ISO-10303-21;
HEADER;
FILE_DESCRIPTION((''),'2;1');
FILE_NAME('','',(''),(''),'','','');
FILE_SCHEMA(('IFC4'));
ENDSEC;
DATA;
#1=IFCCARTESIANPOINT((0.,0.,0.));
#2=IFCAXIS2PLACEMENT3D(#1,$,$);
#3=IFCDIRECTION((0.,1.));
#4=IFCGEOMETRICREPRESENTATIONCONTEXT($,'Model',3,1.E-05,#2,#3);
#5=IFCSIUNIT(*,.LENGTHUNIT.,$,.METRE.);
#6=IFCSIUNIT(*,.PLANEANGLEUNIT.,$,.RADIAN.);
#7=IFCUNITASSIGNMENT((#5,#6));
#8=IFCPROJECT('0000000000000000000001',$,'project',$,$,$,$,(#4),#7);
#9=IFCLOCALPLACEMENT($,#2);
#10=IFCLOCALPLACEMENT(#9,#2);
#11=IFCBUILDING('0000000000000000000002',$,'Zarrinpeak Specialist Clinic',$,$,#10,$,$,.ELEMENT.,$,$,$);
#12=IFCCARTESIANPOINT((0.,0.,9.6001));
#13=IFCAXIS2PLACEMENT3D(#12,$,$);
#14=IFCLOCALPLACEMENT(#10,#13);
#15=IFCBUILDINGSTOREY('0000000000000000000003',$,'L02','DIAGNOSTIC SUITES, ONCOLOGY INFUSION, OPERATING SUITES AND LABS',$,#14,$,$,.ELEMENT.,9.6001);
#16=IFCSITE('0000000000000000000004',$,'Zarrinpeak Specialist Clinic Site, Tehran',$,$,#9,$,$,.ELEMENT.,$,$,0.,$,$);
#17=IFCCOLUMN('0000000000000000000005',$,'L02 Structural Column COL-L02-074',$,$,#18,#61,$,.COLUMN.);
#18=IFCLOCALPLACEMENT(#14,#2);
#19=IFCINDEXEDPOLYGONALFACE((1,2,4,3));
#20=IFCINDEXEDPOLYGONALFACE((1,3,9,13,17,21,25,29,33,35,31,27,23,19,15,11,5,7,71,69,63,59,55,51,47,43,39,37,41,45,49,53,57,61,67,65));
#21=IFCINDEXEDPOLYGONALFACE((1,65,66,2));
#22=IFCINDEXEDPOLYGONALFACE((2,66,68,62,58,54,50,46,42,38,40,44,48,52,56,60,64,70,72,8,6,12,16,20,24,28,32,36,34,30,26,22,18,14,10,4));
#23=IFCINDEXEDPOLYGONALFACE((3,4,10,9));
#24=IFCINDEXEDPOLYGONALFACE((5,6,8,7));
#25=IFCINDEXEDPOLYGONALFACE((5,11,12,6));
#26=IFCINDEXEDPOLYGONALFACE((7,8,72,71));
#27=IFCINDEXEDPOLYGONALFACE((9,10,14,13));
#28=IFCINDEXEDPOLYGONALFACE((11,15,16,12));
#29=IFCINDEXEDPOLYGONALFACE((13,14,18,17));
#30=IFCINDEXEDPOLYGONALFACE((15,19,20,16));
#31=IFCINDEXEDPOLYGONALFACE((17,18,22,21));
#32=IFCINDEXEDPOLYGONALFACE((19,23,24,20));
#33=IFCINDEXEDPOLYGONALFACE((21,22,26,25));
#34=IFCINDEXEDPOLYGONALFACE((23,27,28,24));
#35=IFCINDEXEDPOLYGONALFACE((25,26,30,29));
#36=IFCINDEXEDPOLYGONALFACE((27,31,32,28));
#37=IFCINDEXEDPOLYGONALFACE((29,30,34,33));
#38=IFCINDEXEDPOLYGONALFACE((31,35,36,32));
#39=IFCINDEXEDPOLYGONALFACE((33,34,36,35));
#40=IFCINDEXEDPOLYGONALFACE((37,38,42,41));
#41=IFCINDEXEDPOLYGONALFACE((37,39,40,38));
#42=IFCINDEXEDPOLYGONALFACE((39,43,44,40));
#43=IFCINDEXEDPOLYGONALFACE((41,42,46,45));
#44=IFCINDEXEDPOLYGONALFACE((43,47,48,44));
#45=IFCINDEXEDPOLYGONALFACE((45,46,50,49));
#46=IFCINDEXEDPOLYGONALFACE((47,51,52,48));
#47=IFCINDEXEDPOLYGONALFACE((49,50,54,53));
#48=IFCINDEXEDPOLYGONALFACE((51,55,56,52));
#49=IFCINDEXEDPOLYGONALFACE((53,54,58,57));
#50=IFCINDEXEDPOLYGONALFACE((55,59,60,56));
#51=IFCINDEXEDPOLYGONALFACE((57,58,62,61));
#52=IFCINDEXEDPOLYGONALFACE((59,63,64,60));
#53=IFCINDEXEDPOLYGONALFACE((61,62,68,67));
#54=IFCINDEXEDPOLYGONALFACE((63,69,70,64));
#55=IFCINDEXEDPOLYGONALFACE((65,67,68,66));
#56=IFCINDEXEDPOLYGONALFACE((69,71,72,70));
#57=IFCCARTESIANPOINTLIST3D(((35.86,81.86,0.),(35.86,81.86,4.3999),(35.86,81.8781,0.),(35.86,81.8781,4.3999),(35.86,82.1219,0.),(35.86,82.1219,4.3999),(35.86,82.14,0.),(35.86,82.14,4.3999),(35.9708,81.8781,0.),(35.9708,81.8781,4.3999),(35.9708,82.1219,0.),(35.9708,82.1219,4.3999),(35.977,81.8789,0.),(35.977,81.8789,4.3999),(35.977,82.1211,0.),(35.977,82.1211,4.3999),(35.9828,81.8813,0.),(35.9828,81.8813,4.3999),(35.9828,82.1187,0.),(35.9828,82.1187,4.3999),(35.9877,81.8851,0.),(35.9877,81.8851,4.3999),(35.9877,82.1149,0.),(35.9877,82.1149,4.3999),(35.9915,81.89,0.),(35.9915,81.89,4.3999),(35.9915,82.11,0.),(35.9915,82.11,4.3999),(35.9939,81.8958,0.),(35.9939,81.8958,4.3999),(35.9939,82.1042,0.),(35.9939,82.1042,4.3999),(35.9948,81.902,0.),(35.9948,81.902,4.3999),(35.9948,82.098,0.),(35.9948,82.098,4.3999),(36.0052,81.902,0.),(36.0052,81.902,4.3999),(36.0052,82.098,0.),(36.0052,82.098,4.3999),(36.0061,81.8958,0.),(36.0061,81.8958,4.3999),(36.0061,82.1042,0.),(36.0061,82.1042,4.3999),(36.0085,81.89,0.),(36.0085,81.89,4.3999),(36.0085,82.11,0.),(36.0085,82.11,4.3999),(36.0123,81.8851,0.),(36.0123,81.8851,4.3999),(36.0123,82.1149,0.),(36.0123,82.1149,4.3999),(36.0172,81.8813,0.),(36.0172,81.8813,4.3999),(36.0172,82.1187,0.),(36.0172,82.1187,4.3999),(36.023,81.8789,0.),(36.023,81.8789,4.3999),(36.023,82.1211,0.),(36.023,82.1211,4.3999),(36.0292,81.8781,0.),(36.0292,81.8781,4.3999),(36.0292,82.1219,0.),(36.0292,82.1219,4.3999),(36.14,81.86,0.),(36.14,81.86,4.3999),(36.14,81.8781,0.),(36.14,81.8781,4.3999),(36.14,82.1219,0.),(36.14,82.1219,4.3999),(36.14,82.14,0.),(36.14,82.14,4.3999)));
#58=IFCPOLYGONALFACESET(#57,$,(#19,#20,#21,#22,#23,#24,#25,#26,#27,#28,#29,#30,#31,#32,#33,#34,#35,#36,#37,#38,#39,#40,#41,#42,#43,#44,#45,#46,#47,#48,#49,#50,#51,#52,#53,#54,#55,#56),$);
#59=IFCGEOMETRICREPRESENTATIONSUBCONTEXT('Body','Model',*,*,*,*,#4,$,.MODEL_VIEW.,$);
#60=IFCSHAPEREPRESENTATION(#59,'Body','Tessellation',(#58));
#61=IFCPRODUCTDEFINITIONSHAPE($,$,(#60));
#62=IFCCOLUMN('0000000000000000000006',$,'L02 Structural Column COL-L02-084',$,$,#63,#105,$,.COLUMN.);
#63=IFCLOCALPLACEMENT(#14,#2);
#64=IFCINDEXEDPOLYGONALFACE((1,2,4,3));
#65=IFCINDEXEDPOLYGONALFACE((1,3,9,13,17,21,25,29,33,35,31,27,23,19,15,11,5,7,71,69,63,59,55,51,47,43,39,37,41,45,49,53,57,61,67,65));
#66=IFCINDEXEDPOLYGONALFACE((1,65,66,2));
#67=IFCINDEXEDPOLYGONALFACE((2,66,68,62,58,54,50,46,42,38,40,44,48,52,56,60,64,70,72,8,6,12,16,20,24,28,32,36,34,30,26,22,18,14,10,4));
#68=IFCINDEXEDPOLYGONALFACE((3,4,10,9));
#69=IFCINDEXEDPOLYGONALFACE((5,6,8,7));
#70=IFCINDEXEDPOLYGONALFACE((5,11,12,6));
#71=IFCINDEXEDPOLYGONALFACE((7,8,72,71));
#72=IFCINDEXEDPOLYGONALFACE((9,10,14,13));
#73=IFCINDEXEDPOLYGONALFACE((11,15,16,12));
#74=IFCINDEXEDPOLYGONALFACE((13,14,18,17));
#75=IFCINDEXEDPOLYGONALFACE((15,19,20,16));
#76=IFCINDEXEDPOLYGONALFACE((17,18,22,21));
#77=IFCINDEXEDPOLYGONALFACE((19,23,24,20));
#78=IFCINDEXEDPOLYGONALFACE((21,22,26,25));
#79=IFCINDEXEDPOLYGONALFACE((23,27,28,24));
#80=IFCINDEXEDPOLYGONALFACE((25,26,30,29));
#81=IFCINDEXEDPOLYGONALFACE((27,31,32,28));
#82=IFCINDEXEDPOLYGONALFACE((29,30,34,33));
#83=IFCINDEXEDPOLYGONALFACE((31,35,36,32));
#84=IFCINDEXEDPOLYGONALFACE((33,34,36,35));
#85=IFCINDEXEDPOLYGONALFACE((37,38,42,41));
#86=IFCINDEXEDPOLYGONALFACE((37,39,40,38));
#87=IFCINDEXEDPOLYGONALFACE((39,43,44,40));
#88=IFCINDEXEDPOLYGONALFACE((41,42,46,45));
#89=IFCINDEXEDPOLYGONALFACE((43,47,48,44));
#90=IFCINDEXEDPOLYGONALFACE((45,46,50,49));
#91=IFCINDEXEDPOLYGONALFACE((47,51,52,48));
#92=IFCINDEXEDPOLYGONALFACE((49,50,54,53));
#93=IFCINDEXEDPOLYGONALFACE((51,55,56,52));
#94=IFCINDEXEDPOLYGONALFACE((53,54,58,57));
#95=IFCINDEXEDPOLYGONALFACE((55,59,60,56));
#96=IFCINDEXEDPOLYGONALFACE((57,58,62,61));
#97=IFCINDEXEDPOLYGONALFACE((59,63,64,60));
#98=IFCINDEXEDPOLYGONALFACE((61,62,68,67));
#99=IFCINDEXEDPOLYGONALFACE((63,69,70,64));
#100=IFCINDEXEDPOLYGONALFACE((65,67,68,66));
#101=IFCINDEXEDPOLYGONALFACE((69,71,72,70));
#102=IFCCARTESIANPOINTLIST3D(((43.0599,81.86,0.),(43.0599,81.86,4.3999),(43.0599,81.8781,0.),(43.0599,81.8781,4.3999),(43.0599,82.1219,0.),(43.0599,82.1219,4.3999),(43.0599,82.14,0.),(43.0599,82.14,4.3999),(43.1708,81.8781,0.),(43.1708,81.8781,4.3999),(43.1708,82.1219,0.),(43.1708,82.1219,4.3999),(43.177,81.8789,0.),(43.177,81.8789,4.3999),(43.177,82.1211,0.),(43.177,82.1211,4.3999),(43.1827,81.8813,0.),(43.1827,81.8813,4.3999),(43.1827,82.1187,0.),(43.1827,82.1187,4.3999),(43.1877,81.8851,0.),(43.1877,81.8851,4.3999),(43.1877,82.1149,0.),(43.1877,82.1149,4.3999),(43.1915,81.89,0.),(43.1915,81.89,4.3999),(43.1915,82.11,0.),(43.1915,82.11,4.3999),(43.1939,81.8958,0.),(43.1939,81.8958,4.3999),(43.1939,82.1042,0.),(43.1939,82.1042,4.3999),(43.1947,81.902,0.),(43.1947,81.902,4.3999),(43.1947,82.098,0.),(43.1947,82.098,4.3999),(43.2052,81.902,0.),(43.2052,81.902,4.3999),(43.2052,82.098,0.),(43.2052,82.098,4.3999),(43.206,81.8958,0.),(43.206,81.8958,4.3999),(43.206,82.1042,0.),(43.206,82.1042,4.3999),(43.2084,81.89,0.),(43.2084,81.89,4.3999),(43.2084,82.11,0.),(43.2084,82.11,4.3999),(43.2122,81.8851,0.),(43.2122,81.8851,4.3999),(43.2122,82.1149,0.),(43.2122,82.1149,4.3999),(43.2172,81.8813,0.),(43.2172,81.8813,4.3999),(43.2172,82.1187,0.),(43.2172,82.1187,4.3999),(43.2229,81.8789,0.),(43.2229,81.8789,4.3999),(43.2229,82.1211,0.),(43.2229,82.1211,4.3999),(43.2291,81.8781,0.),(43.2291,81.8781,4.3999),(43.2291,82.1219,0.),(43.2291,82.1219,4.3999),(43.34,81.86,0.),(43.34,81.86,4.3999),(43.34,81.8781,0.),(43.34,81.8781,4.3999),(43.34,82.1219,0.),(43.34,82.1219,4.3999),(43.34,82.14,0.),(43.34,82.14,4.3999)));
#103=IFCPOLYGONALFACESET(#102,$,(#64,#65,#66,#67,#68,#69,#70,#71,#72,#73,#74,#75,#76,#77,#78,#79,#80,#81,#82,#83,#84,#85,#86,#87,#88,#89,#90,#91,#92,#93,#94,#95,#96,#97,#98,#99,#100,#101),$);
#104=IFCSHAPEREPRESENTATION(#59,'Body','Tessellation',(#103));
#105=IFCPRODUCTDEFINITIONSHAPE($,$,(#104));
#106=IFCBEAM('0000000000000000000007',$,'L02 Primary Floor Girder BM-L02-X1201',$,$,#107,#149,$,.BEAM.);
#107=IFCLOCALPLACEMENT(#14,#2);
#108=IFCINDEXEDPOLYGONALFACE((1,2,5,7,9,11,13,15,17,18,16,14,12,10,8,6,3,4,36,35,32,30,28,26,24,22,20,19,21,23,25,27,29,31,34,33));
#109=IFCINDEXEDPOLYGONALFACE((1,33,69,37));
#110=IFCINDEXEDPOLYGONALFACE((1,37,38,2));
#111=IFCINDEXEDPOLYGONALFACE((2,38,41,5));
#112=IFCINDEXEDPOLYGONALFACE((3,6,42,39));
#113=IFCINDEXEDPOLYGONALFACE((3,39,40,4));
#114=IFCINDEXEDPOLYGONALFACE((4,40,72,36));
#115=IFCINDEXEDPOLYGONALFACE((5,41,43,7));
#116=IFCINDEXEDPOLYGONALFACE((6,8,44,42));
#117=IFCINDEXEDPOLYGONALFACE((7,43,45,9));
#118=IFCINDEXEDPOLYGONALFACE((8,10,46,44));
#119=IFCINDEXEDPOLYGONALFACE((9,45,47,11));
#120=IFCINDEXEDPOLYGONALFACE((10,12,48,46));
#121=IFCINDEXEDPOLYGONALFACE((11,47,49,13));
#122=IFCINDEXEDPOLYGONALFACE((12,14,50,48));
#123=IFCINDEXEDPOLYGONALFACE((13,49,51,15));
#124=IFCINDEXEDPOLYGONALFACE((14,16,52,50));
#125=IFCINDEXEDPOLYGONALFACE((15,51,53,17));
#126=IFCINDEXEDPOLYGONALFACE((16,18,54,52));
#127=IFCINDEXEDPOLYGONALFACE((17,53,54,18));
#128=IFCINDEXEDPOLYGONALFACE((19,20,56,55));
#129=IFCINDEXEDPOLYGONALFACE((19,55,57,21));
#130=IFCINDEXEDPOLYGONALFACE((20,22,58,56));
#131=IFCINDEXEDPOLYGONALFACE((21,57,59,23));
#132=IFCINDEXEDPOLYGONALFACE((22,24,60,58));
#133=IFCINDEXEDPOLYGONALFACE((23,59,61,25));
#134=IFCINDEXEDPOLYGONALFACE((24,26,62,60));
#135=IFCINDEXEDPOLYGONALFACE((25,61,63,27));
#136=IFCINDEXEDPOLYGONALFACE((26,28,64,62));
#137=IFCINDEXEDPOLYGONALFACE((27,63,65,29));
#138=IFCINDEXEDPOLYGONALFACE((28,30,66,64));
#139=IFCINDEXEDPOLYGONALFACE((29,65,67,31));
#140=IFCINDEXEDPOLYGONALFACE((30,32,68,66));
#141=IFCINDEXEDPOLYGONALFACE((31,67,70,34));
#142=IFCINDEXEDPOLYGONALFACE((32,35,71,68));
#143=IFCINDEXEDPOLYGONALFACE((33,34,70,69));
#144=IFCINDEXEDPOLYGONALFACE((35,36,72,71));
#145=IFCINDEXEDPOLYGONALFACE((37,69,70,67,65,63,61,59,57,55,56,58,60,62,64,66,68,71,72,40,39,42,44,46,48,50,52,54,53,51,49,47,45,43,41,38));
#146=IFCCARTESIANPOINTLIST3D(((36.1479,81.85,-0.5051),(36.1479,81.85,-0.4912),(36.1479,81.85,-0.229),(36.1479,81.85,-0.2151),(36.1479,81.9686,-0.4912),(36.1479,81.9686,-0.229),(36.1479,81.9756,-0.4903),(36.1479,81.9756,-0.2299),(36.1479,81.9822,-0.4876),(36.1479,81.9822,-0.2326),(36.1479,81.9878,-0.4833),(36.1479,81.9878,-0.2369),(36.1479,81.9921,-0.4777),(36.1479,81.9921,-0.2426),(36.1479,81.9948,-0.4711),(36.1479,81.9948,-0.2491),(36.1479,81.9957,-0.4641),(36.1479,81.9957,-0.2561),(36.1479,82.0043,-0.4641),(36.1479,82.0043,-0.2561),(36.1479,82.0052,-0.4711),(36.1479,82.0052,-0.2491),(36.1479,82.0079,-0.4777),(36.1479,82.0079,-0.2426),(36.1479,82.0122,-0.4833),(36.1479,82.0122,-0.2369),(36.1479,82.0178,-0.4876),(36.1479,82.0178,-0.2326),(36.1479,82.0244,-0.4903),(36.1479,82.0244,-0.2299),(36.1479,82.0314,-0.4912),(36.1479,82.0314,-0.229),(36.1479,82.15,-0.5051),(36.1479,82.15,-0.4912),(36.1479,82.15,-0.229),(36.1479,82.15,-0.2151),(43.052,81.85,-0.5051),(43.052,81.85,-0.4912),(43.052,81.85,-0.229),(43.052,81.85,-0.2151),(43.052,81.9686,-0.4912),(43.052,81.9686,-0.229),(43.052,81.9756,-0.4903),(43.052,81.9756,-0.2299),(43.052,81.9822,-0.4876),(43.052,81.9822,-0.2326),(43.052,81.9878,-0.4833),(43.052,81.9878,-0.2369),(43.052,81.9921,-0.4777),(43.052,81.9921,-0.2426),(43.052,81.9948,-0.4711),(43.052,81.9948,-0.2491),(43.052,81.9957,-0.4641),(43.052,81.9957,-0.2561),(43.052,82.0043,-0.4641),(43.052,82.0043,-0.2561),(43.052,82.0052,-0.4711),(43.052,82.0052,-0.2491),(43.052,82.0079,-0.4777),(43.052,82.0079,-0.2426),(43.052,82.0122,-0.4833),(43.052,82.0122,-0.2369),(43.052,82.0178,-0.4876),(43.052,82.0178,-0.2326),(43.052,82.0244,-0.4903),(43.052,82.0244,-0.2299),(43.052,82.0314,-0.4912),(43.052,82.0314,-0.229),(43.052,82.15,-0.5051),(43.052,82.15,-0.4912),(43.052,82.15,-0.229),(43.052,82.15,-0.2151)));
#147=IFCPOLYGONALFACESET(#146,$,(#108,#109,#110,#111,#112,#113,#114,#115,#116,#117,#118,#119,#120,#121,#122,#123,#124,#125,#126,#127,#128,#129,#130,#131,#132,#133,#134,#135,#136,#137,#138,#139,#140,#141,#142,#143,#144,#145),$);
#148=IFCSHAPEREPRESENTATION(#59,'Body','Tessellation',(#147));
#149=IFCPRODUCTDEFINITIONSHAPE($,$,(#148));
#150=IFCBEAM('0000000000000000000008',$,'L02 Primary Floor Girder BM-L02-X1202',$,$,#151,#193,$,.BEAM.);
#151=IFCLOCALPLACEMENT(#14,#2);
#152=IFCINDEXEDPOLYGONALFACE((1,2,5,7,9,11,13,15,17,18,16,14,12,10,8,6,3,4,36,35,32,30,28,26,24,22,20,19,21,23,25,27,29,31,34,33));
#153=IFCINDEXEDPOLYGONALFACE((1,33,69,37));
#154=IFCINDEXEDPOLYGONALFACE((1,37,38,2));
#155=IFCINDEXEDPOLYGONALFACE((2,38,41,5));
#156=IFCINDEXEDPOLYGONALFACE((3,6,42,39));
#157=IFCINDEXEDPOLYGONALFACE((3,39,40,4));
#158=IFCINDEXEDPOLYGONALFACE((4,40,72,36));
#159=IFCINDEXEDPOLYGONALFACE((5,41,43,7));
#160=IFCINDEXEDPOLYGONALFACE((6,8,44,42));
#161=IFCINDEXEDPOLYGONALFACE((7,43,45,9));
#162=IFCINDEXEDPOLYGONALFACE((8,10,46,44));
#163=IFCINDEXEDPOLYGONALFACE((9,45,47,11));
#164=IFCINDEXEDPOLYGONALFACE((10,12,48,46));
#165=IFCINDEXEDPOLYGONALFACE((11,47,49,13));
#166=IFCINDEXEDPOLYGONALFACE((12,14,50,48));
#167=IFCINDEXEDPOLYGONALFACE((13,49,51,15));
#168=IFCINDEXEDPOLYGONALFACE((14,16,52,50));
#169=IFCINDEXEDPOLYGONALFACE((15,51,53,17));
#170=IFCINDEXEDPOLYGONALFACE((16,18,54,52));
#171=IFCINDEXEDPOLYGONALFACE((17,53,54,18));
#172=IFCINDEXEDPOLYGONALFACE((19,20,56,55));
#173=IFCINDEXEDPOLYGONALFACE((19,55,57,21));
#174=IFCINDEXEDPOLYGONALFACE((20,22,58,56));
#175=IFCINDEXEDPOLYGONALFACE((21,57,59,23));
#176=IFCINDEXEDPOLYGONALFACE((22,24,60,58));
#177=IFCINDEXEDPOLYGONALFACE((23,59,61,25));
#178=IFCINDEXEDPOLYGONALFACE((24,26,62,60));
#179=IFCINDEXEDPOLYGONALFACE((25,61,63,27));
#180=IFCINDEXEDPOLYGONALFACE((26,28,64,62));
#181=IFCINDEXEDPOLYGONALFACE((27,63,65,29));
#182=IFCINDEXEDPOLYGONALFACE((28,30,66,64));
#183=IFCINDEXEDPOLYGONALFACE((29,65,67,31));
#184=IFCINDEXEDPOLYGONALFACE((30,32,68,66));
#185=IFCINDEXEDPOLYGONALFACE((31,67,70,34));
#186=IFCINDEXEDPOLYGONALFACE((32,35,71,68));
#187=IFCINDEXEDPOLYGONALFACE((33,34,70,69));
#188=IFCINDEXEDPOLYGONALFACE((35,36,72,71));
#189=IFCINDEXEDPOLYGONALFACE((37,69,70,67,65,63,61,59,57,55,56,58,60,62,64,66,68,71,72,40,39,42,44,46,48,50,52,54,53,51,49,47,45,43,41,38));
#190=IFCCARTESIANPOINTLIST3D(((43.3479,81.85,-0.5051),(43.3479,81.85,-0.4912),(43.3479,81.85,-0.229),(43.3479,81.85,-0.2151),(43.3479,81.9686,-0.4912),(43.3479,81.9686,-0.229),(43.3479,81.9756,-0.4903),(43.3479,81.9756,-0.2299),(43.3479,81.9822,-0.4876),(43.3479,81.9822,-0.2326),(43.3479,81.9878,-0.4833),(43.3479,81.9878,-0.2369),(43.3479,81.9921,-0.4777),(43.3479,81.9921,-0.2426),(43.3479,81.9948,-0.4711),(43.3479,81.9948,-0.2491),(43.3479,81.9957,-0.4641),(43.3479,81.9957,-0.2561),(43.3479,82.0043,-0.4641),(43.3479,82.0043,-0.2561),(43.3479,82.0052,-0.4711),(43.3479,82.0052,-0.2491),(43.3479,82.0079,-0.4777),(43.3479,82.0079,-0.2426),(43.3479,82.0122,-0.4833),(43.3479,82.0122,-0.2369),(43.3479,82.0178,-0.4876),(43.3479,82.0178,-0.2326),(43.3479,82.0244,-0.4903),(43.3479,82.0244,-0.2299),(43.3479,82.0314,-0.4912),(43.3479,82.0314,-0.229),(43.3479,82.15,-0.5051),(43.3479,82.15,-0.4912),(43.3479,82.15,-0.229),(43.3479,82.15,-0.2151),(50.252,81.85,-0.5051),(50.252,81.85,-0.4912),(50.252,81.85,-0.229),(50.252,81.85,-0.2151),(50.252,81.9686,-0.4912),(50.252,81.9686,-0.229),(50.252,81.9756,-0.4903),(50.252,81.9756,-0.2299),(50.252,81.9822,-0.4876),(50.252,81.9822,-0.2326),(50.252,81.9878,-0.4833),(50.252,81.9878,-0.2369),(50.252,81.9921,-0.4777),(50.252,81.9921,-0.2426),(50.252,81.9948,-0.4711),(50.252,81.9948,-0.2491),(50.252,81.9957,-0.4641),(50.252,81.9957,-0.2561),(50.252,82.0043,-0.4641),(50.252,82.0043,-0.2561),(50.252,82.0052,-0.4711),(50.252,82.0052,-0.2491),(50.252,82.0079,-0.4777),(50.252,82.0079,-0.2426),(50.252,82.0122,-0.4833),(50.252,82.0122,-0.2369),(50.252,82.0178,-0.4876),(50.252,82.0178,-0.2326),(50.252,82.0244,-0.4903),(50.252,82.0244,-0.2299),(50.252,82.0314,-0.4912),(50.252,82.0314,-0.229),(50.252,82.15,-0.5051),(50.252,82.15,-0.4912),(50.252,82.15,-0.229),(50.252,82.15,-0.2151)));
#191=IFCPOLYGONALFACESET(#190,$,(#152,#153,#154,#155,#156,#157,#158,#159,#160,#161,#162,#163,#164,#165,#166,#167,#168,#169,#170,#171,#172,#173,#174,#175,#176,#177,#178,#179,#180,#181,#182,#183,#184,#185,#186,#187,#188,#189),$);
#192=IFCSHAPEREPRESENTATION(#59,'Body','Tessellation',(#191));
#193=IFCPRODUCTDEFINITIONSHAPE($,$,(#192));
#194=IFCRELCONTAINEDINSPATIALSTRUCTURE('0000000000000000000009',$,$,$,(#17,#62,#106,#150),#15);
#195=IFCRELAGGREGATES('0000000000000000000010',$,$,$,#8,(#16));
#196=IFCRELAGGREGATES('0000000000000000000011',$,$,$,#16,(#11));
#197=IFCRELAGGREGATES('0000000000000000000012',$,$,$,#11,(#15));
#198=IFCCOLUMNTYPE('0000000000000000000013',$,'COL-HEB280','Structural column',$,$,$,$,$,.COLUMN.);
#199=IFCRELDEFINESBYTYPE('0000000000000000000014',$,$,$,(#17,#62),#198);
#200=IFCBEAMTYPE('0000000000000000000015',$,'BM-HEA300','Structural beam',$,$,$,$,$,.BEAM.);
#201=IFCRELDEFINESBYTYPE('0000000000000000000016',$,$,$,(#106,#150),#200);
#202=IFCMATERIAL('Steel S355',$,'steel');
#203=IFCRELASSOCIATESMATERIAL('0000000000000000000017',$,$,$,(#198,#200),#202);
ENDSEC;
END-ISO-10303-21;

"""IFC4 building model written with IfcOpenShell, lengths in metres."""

from ifc_helpers import new_model, si_unit, direction, frame, origin, origin_2d, place, context, subcontext, project, spatial, i_section, extrude, material, material_profile, profile_set, type_object, element, save


model = new_model("IFC4")

# Units and contexts
model_context = context("Model", 3, precision=1e-05, world=origin(), true_north=direction((0.0, 1.0)))
body_context = subcontext(model_context, "Body", "Model", "MODEL_VIEW")
ifc_project = project(units=[si_unit("LENGTHUNIT", "METRE"), si_unit("PLANEANGLEUNIT", "RADIAN")], contexts=[model_context])

# Site, building, storey
site_placement = place(None, origin())
site = spatial("IfcSite", under=ifc_project, at=site_placement, Name="Zarrinpeak Specialist Clinic Site, Tehran", CompositionType="ELEMENT", RefElevation=0.0)
building_placement = place(site_placement, origin())
building = spatial("IfcBuilding", under=site, at=building_placement, Name="Zarrinpeak Specialist Clinic", CompositionType="ELEMENT")
storey_placement = place(building_placement, frame((0.0, 0.0, 9.6001)))
storey = spatial("IfcBuildingStorey", under=building, at=storey_placement, Name="L02", Description="DIAGNOSTIC SUITES, ONCOLOGY INFUSION, OPERATING SUITES AND LABS", CompositionType="ELEMENT", Elevation=9.6001)

# Columns
ifc_material_1 = material(Name="Steel S355", Category="steel")
ifc_material_profile_1 = material_profile(ifc_material_1, i_section(OverallWidth=0.28, OverallDepth=0.28, WebThickness=0.0105, FlangeThickness=0.0181, FilletRadius=0.0239, at=origin_2d()), Name="HEB 280")
ifc_profile_set_1 = profile_set([ifc_material_profile_1], Name="Steel S355")
column_type = type_object("IfcColumnType", Name="COL-HEB280", Description="Structural column", PredefinedType="COLUMN", material=ifc_profile_set_1)
for number, where, z_axis, x_axis, name in (
    (1, (36.0, 82.0, 0.0), (0.0, 0.0, 1.0), (1.0, 0.0, 0.0), "L02 Structural Column COL-L02-074"),
    (2, (43.2, 82.0, 0.0), (0.0, 0.0, 1.0), (1.0, 0.0, 0.0), "L02 Structural Column COL-L02-084"),
):
    element("IfcColumn", number, at=place(storey_placement, frame(where, z_axis=z_axis, x_axis=x_axis)), inside=storey, type_object=column_type, Name=name, PredefinedType="COLUMN", context=body_context, shape_type="SweptSolid", body=[
        extrude(i_section(OverallWidth=0.28, OverallDepth=0.28, WebThickness=0.0105, FlangeThickness=0.0181, FilletRadius=0.0239, at=origin_2d()), origin(), (0.0, 0.0, 1.0), 4.3999),
    ])

# Beams
ifc_material_profile_2 = material_profile(ifc_material_1, i_section(OverallWidth=0.3, OverallDepth=0.29, WebThickness=0.0085, FlangeThickness=0.0139, FilletRadius=0.0271, at=origin_2d()), Name="HEA 300")
ifc_profile_set_2 = profile_set([ifc_material_profile_2], Name="Steel S355")
beam_type_1 = type_object("IfcBeamType", Name="BM-HEA300", Description="Structural beam", PredefinedType="BEAM", material=ifc_profile_set_2)
for number, where, z_axis, x_axis, name in (
    (3, (36.1479, 82.0, -0.3601), (1.0, 0.0, 0.0), (0.0, 1.0, 0.0), "L02 Primary Floor Girder BM-L02-X1201"),
    (4, (43.3479, 82.0, -0.3601), (1.0, 0.0, 0.0), (0.0, 1.0, 0.0), "L02 Primary Floor Girder BM-L02-X1202"),
):
    element("IfcBeam", number, at=place(storey_placement, frame(where, z_axis=z_axis, x_axis=x_axis)), inside=storey, type_object=beam_type_1, Name=name, PredefinedType="BEAM", context=body_context, shape_type="SweptSolid", body=[
        extrude(i_section(OverallWidth=0.3, OverallDepth=0.29, WebThickness=0.0085, FlangeThickness=0.0139, FilletRadius=0.0271, at=origin_2d()), origin(), (0.0, 0.0, 1.0), 6.9041),
    ])

save(model, "model.ifc")
